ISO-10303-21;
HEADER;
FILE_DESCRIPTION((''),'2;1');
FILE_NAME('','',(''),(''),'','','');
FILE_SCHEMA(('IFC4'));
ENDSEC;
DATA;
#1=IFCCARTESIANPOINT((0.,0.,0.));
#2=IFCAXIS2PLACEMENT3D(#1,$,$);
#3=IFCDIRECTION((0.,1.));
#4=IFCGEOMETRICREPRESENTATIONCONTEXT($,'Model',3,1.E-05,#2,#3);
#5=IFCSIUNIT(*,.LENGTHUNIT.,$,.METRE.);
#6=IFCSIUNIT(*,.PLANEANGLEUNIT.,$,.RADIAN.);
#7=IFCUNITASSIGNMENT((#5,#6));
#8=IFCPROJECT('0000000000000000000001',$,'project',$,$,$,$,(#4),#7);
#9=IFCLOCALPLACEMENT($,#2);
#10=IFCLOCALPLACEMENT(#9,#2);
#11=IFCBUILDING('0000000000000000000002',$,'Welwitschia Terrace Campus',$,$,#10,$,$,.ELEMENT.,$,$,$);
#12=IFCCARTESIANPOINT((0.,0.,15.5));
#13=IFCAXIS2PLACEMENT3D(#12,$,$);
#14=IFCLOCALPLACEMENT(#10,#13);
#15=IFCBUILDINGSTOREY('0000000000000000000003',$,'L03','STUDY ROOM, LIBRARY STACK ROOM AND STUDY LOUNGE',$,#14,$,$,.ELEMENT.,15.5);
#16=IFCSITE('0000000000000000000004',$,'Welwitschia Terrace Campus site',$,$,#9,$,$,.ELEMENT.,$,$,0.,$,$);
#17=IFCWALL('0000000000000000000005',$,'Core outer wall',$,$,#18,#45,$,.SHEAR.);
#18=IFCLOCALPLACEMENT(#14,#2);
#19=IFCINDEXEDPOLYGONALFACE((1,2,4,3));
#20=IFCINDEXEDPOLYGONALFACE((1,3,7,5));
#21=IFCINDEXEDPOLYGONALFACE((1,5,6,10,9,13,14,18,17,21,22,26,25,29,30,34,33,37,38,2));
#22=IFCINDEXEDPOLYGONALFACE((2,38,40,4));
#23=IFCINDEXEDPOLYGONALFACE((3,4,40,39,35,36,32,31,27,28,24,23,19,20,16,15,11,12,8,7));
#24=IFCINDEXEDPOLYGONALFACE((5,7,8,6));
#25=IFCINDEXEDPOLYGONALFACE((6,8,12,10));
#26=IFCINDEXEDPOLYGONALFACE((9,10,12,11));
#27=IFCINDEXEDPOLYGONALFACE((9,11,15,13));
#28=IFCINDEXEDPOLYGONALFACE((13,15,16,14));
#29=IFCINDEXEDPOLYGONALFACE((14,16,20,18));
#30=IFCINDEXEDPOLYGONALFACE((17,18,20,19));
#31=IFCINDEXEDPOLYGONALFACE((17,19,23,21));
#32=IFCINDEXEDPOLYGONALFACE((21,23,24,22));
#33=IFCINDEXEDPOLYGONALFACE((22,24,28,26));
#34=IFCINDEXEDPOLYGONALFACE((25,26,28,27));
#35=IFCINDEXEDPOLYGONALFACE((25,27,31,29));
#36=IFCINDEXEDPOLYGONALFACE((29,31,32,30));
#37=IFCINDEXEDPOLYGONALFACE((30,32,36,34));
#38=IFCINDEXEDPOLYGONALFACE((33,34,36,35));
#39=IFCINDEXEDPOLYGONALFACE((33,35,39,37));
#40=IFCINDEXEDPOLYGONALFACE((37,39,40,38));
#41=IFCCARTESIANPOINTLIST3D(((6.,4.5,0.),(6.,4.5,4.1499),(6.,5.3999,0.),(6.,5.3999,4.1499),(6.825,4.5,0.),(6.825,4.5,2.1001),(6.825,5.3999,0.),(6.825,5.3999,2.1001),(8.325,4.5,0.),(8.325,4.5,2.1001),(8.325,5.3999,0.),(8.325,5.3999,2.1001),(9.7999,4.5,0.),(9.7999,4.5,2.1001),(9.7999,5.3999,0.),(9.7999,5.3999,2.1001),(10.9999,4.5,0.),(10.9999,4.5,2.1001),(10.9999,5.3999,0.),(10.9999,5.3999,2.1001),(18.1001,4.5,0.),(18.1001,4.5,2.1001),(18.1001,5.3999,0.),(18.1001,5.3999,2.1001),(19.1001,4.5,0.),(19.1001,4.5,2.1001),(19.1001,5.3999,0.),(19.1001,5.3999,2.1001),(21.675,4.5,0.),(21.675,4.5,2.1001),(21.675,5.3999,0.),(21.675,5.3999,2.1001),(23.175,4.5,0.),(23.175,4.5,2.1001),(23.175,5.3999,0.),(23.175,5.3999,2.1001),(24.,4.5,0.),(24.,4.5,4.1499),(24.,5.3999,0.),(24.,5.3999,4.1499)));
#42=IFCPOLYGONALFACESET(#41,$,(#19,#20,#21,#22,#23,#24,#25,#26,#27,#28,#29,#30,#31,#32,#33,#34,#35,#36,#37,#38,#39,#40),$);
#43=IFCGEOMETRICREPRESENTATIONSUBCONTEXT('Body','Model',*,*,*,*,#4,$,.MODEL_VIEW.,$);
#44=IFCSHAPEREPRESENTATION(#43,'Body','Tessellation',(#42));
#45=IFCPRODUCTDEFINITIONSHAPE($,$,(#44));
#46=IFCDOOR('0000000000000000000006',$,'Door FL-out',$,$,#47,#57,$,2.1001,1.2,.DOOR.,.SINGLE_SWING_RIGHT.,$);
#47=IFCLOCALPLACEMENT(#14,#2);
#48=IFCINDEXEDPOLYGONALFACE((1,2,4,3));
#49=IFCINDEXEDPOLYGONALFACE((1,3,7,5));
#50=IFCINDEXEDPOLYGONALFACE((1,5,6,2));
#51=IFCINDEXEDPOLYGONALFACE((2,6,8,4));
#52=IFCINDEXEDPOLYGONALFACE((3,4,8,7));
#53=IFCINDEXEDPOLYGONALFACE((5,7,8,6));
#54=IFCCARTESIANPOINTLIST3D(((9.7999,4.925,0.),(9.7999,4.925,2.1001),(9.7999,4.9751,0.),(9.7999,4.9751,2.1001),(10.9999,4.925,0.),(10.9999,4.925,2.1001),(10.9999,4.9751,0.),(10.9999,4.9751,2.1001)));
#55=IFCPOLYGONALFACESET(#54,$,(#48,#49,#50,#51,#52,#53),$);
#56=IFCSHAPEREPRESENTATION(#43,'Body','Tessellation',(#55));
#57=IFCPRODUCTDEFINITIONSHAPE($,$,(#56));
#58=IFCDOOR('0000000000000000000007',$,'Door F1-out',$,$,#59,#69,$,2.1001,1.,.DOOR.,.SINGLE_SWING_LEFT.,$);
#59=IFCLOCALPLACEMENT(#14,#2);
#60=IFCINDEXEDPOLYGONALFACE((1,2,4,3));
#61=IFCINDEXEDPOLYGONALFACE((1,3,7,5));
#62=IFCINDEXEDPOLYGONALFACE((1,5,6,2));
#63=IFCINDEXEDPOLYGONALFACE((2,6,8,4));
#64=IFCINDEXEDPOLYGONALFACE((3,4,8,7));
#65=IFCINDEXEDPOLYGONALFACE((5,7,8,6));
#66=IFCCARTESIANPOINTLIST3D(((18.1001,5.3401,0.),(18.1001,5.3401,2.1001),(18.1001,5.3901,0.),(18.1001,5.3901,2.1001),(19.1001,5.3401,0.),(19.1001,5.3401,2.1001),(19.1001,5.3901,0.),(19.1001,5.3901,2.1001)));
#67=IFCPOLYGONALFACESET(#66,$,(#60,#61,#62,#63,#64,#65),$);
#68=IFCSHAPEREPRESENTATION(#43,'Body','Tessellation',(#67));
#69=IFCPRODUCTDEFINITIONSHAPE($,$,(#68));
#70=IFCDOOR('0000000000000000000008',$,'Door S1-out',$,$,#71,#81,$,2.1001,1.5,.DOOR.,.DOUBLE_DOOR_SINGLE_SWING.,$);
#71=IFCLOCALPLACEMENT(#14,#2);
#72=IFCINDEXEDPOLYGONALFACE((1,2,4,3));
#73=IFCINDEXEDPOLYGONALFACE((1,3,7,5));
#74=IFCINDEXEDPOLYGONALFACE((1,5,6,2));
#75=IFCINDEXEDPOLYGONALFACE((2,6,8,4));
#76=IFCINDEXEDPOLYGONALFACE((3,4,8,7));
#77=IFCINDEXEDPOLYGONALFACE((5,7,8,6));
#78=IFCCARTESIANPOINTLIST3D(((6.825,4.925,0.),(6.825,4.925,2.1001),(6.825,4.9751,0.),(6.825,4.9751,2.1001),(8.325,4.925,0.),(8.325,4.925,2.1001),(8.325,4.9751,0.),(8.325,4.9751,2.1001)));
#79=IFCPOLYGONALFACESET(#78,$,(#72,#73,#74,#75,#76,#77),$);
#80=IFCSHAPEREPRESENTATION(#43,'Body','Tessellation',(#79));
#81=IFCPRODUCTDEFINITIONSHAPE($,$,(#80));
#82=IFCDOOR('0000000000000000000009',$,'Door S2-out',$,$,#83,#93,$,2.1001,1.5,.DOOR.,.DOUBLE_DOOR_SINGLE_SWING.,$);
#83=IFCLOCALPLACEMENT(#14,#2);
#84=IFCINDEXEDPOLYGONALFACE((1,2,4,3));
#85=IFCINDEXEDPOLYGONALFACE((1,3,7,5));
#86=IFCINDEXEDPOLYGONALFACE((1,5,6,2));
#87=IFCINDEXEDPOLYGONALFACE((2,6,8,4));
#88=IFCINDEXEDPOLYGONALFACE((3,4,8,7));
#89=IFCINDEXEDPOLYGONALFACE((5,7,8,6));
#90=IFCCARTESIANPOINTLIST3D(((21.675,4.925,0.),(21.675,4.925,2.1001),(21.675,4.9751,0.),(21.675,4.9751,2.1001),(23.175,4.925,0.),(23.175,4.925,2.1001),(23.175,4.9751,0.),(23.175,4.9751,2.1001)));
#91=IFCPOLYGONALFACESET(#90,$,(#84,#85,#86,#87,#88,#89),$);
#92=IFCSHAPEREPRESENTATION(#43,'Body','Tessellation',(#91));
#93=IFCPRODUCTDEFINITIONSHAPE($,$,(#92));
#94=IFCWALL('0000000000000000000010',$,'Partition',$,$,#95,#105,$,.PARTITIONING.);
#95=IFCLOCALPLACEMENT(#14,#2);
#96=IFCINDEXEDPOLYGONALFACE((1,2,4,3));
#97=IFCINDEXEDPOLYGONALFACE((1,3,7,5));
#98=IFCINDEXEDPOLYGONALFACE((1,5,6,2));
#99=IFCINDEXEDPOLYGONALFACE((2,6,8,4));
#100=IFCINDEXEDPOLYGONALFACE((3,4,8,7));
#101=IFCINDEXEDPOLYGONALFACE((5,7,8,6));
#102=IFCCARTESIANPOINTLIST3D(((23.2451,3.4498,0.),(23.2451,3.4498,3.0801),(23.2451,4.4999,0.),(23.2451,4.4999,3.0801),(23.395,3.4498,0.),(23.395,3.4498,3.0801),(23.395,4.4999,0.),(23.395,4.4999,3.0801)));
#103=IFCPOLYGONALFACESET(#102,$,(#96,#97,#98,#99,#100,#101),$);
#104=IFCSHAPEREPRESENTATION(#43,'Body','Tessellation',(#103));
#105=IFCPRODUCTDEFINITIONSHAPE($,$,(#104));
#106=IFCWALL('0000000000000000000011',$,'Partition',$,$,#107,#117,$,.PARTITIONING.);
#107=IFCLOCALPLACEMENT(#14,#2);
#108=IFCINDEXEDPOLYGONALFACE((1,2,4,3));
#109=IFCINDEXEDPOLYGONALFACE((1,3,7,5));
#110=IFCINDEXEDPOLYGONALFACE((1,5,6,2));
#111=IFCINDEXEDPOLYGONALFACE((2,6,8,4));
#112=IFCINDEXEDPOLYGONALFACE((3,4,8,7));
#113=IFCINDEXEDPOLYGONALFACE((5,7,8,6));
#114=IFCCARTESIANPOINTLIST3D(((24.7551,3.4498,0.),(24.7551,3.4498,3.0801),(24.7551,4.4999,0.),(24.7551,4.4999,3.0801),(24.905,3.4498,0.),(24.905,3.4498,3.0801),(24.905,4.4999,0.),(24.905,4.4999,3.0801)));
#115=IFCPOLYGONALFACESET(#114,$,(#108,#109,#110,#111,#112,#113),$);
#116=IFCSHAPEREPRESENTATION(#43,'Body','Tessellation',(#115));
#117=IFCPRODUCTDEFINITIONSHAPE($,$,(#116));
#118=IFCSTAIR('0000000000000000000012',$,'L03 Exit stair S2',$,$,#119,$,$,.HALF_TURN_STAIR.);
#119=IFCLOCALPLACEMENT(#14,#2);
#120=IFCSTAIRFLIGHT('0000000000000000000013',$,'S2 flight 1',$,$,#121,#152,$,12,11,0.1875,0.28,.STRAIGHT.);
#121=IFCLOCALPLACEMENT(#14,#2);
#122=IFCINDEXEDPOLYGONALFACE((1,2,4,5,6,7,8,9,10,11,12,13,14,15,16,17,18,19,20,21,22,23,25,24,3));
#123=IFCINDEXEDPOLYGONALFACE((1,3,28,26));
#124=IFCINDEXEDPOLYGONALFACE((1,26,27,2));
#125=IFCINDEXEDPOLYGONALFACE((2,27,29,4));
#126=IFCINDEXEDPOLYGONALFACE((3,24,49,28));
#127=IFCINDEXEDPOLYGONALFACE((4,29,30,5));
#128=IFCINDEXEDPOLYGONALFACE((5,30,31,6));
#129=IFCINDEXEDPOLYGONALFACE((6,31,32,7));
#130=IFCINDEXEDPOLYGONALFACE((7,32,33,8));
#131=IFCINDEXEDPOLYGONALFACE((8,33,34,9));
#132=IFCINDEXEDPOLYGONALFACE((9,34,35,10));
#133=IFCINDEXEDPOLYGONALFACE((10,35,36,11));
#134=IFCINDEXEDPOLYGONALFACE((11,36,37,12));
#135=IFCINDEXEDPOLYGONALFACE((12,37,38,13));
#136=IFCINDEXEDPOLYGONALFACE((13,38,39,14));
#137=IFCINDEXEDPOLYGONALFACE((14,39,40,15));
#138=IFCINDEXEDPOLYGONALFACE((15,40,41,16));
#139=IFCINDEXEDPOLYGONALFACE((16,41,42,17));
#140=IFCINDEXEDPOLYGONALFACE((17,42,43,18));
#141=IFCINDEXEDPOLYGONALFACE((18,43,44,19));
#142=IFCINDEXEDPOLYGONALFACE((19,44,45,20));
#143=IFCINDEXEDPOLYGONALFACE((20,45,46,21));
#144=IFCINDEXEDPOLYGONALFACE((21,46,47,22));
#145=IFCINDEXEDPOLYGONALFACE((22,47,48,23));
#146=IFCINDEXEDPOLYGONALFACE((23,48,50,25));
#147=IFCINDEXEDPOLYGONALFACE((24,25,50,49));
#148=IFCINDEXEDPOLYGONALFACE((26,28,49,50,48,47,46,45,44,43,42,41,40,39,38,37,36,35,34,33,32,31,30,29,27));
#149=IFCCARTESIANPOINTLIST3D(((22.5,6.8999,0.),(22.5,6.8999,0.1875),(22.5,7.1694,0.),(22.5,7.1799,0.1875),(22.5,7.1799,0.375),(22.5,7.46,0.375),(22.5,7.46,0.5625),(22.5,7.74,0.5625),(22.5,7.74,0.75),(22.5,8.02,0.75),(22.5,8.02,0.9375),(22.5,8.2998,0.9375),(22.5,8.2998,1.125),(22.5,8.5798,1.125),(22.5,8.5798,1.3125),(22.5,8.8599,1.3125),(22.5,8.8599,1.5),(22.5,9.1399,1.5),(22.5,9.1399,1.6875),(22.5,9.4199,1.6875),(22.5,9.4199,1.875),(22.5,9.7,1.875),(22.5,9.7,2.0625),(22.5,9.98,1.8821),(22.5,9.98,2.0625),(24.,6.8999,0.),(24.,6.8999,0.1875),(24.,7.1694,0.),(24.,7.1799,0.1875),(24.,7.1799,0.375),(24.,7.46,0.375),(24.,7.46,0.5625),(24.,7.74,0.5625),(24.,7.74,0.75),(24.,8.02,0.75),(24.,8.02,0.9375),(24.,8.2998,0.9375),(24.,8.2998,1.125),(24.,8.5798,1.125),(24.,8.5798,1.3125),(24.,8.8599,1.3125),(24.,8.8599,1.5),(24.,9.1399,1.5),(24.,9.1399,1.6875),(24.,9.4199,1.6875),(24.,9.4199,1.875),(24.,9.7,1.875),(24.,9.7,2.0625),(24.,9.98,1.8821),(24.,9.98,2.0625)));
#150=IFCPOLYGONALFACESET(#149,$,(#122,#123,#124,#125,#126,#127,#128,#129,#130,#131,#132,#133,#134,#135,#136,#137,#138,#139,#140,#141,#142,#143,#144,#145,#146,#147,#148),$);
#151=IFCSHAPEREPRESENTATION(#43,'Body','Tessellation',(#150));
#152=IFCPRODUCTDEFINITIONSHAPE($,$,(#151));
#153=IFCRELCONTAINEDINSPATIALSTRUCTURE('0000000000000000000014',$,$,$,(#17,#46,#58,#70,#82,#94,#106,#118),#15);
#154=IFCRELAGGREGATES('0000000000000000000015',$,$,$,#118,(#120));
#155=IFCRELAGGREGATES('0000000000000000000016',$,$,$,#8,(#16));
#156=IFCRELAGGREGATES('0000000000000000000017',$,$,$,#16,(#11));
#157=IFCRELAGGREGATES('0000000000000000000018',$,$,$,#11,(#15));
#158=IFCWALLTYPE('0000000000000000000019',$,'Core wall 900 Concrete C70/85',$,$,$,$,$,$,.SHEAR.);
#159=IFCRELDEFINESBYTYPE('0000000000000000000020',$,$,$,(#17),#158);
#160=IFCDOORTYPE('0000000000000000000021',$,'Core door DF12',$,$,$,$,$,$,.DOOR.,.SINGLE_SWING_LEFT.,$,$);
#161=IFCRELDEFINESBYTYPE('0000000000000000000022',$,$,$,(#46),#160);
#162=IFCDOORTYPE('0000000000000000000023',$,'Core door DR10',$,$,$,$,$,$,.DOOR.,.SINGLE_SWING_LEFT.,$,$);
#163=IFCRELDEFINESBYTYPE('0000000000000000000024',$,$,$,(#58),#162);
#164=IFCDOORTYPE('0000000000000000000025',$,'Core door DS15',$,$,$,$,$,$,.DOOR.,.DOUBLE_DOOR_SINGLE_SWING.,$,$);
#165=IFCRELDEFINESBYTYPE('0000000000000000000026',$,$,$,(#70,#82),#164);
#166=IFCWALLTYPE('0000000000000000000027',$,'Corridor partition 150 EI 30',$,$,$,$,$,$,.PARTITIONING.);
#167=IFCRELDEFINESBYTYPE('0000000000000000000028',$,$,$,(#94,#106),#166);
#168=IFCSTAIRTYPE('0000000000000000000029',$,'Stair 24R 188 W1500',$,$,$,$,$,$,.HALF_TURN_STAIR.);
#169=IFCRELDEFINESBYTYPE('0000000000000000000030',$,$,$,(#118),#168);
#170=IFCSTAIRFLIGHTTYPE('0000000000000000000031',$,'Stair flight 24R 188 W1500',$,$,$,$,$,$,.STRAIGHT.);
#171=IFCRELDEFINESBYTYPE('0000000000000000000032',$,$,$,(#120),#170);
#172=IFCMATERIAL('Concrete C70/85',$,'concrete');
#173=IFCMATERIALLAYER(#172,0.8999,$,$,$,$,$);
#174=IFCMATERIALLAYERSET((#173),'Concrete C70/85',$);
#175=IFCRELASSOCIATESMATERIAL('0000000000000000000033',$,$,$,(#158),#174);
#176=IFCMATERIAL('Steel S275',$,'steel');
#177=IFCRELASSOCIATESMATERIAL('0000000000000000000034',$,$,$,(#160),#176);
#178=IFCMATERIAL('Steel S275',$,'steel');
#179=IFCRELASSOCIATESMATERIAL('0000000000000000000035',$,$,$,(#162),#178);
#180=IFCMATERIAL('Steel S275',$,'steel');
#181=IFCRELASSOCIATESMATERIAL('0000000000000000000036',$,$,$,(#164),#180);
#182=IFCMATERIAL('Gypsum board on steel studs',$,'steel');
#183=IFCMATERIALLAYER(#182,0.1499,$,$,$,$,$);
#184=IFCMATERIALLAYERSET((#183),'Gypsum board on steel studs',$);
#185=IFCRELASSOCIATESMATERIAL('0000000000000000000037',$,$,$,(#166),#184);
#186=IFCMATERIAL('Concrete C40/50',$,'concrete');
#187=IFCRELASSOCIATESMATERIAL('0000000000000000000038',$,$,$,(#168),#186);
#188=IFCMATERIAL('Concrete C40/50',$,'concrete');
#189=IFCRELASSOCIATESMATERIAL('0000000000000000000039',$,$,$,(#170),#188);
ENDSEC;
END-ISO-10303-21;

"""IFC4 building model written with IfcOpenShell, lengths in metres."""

from ifc_helpers import new_model, si_unit, direction, frame, frame_2d, origin, place, context, subcontext, project, spatial, polyline, rectangle, outline, extrude, material, layer, layer_set, type_object, element, fill, aggregate, save


model = new_model("IFC4")

# Units and contexts
model_context = context("Model", 3, precision=1e-05, world=origin(), true_north=direction((0.0, 1.0)))
body_context = subcontext(model_context, "Body", "Model", "MODEL_VIEW")
ifc_project = project(units=[si_unit("LENGTHUNIT", "METRE"), si_unit("PLANEANGLEUNIT", "RADIAN")], contexts=[model_context])

# Site, building, storey
site_placement = place(None, origin())
site = spatial("IfcSite", under=ifc_project, at=site_placement, Name="Welwitschia Terrace Campus site", CompositionType="ELEMENT", RefElevation=0.0)
building_placement = place(site_placement, origin())
building = spatial("IfcBuilding", under=site, at=building_placement, Name="Welwitschia Terrace Campus", CompositionType="ELEMENT")
storey_placement = place(building_placement, frame((0.0, 0.0, 15.5)))
storey = spatial("IfcBuildingStorey", under=building, at=storey_placement, Name="L03", Description="STUDY ROOM, LIBRARY STACK ROOM AND STUDY LOUNGE", CompositionType="ELEMENT", Elevation=15.5)

# Wall, openings, doors
ifc_material_1 = material(Name="Concrete C70/85", Category="concrete")
ifc_layer_1 = layer(ifc_material_1, 0.8999)
ifc_layer_set_1 = layer_set([ifc_layer_1], Name="Concrete C70/85")
wall_type_1 = type_object("IfcWallType", Name="Core wall 900 Concrete C70/85", PredefinedType="SHEAR", material=ifc_layer_set_1)
wall_1_placement = place(storey_placement, frame((24.0, 4.95, 0.0), z_axis=(0.0, 0.0, 1.0), x_axis=(-1.0, 0.0, 0.0)))
wall_1 = element("IfcWall", 1, at=wall_1_placement, inside=storey, type_object=wall_type_1, Name="Core outer wall", PredefinedType="SHEAR", context=body_context, shape_type="SweptSolid", body=[
    extrude(rectangle(XDim=18.0, YDim=0.8999, at=frame_2d((9.0, 0.0))), origin(), (0.0, 0.0, 1.0), 4.1499),
])
opening_1_placement = place(wall_1_placement, frame((15.675, 0.0, 0.0)))
opening_1 = element("IfcOpeningElement", 2, at=opening_1_placement, cuts=wall_1, PredefinedType="OPENING", context=body_context, shape_type="SweptSolid", body=[
    extrude(rectangle(XDim=1.5, YDim=2.1001, at=frame_2d((0.75, 1.05))), frame((0.0, 0.46, 0.0), z_axis=(0.0, -1.0, 0.0), x_axis=(1.0, 0.0, 0.0)), (0.0, 0.0, 1.0), 0.9199),
])
opening_2_placement = place(wall_1_placement, frame((0.825, 0.0, 0.0)))
opening_2 = element("IfcOpeningElement", 3, at=opening_2_placement, cuts=wall_1, PredefinedType="OPENING", context=body_context, shape_type="SweptSolid", body=[
    extrude(rectangle(XDim=1.5, YDim=2.1001, at=frame_2d((0.75, 1.05))), frame((0.0, 0.46, 0.0), z_axis=(0.0, -1.0, 0.0), x_axis=(1.0, 0.0, 0.0)), (0.0, 0.0, 1.0), 0.9199),
])
opening_3_placement = place(wall_1_placement, frame((13.0, 0.0, 0.0)))
opening_3 = element("IfcOpeningElement", 4, at=opening_3_placement, cuts=wall_1, PredefinedType="OPENING", context=body_context, shape_type="SweptSolid", body=[
    extrude(rectangle(XDim=1.2, YDim=2.1001, at=frame_2d((0.6001, 1.05))), frame((0.0, 0.46, 0.0), z_axis=(0.0, -1.0, 0.0), x_axis=(1.0, 0.0, 0.0)), (0.0, 0.0, 1.0), 0.9199),
])
opening_4_placement = place(wall_1_placement, frame((4.8999, 0.0, 0.0)))
opening_4 = element("IfcOpeningElement", 5, at=opening_4_placement, cuts=wall_1, PredefinedType="OPENING", context=body_context, shape_type="SweptSolid", body=[
    extrude(rectangle(XDim=1.0, YDim=2.1001, at=frame_2d((0.5, 1.05))), frame((0.0, 0.46, 0.0), z_axis=(0.0, -1.0, 0.0), x_axis=(1.0, 0.0, 0.0)), (0.0, 0.0, 1.0), 0.9199),
])
ifc_material_2 = material(Name="Steel S275", Category="steel")
door_type_1 = type_object("IfcDoorType", Name="Core door DF12", OperationType="SINGLE_SWING_LEFT", PredefinedType="DOOR", material=ifc_material_2)
door_1_placement = place(opening_3_placement, origin())
door_1 = element("IfcDoor", 6, at=door_1_placement, inside=storey, type_object=door_type_1, Name="Door FL-out", OperationType="SINGLE_SWING_RIGHT", OverallHeight=2.1001, OverallWidth=1.2, PredefinedType="DOOR", context=body_context, shape_type="SweptSolid", body=[
    extrude(rectangle(XDim=1.2, YDim=2.1001, at=frame_2d((0.6001, 1.05))), frame((0.0, 0.0249, 0.0), z_axis=(0.0, -1.0, 0.0), x_axis=(1.0, 0.0, 0.0)), (0.0, 0.0, 1.0), 0.05),
])
fill(opening_3, door_1)
ifc_material_3 = material(Name="Steel S275", Category="steel")
door_type_2 = type_object("IfcDoorType", Name="Core door DR10", OperationType="SINGLE_SWING_LEFT", PredefinedType="DOOR", material=ifc_material_3)
door_2_placement = place(opening_4_placement, origin())
door_2 = element("IfcDoor", 7, at=door_2_placement, inside=storey, type_object=door_type_2, Name="Door F1-out", OperationType="SINGLE_SWING_LEFT", OverallHeight=2.1001, OverallWidth=1.0, PredefinedType="DOOR", context=body_context, shape_type="SweptSolid", body=[
    extrude(rectangle(XDim=1.0, YDim=2.1001, at=frame_2d((0.5, 1.05))), frame((0.0, -0.3901, 0.0), z_axis=(0.0, -1.0, 0.0), x_axis=(1.0, 0.0, 0.0)), (0.0, 0.0, 1.0), 0.05),
])
fill(opening_4, door_2)
ifc_material_4 = material(Name="Steel S275", Category="steel")
door_type_3 = type_object("IfcDoorType", Name="Core door DS15", OperationType="DOUBLE_DOOR_SINGLE_SWING", PredefinedType="DOOR", material=ifc_material_4)
door_3_placement = place(opening_1_placement, origin())
door_3 = element("IfcDoor", 8, at=door_3_placement, inside=storey, type_object=door_type_3, Name="Door S1-out", OperationType="DOUBLE_DOOR_SINGLE_SWING", OverallHeight=2.1001, OverallWidth=1.5, PredefinedType="DOOR", context=body_context, shape_type="SweptSolid", body=[
    extrude(rectangle(XDim=1.5, YDim=2.1001, at=frame_2d((0.75, 1.05))), frame((0.0, 0.0249, 0.0), z_axis=(0.0, -1.0, 0.0), x_axis=(1.0, 0.0, 0.0)), (0.0, 0.0, 1.0), 0.05),
])
fill(opening_1, door_3)
door_4_placement = place(opening_2_placement, origin())
door_4 = element("IfcDoor", 9, at=door_4_placement, inside=storey, type_object=door_type_3, Name="Door S2-out", OperationType="DOUBLE_DOOR_SINGLE_SWING", OverallHeight=2.1001, OverallWidth=1.5, PredefinedType="DOOR", context=body_context, shape_type="SweptSolid", body=[
    extrude(rectangle(XDim=1.5, YDim=2.1001, at=frame_2d((0.75, 1.05))), frame((0.0, 0.0249, 0.0), z_axis=(0.0, -1.0, 0.0), x_axis=(1.0, 0.0, 0.0)), (0.0, 0.0, 1.0), 0.05),
])
fill(opening_2, door_4)

# Walls
ifc_material_5 = material(Name="Gypsum board on steel studs", Category="steel")
ifc_layer_2 = layer(ifc_material_5, 0.1499)
ifc_layer_set_2 = layer_set([ifc_layer_2], Name="Gypsum board on steel studs")
wall_type_2 = type_object("IfcWallType", Name="Corridor partition 150 EI 30", PredefinedType="PARTITIONING", material=ifc_layer_set_2)
for number, where, z_axis, x_axis, name in (
    (10, (23.3201, 3.45, 0.0), (0.0, 0.0, 1.0), (0.0, 1.0, 0.0), "Partition"),
    (11, (24.8301, 3.45, 0.0), (0.0, 0.0, 1.0), (0.0, 1.0, 0.0), "Partition"),
):
    element("IfcWall", number, at=place(storey_placement, frame(where, z_axis=z_axis, x_axis=x_axis)), inside=storey, type_object=wall_type_2, Name=name, PredefinedType="PARTITIONING", context=body_context, shape_type="SweptSolid", body=[
        extrude(rectangle(XDim=1.05, YDim=0.1499, at=frame_2d((0.5249, 0.0))), origin(), (0.0, 0.0, 1.0), 3.0801),
    ])

# Stair, stair flight
ifc_material_6 = material(Name="Concrete C40/50", Category="concrete")
stair_type = type_object("IfcStairType", Name="Stair 24R 188 W1500", PredefinedType="HALF_TURN_STAIR", material=ifc_material_6)
stair_placement = place(storey_placement, origin())
stair = element("IfcStair", 12, at=stair_placement, inside=storey, type_object=stair_type, Name="L03 Exit stair S2", PredefinedType="HALF_TURN_STAIR")
ifc_material_7 = material(Name="Concrete C40/50", Category="concrete")
stair_flight_type = type_object("IfcStairFlightType", Name="Stair flight 24R 188 W1500", PredefinedType="STRAIGHT", material=ifc_material_7)
stair_flight_1_placement = place(storey_placement, frame((23.25, 6.8999, 0.0), z_axis=(0.0, 0.0, 1.0), x_axis=(0.0, 1.0, 0.0)))
stair_flight_1 = element("IfcStairFlight", 13, at=stair_flight_1_placement, type_object=stair_flight_type, Name="S2 flight 1", NumberOfRisers=12, NumberOfTreads=11, PredefinedType="STRAIGHT", RiserHeight=0.1875, TreadLength=0.28, context=body_context, shape_type="SweptSolid", body=[
    extrude(outline(polyline([(0.0, 0.0), (0.0, 0.1875), (0.28, 0.1875), (0.28, 0.375), (0.5601, 0.375), (0.5601, 0.5625), (0.8401, 0.5625), (0.8401, 0.75), (1.1201, 0.75), (1.1201, 0.9375), (1.3999, 0.9375), (1.3999, 1.125), (1.6799, 1.125), (1.6799, 1.3125), (1.96, 1.3125), (1.96, 1.5), (2.24, 1.5), (2.24, 1.6875), (2.52, 1.6875), (2.52, 1.875), (2.8, 1.875), (2.8, 2.0625), (3.0801, 2.0625), (3.0801, 2.25), (3.0801, 1.8821), (0.2695, 0.0), (0.0, 0.0)])), frame((0.0, 0.75, 0.0), z_axis=(0.0, -1.0, 0.0), x_axis=(1.0, 0.0, 0.0)), (0.0, 0.0, 1.0), 1.5),
])
aggregate(stair, [stair_flight_1])

save(model, "model.ifc")
